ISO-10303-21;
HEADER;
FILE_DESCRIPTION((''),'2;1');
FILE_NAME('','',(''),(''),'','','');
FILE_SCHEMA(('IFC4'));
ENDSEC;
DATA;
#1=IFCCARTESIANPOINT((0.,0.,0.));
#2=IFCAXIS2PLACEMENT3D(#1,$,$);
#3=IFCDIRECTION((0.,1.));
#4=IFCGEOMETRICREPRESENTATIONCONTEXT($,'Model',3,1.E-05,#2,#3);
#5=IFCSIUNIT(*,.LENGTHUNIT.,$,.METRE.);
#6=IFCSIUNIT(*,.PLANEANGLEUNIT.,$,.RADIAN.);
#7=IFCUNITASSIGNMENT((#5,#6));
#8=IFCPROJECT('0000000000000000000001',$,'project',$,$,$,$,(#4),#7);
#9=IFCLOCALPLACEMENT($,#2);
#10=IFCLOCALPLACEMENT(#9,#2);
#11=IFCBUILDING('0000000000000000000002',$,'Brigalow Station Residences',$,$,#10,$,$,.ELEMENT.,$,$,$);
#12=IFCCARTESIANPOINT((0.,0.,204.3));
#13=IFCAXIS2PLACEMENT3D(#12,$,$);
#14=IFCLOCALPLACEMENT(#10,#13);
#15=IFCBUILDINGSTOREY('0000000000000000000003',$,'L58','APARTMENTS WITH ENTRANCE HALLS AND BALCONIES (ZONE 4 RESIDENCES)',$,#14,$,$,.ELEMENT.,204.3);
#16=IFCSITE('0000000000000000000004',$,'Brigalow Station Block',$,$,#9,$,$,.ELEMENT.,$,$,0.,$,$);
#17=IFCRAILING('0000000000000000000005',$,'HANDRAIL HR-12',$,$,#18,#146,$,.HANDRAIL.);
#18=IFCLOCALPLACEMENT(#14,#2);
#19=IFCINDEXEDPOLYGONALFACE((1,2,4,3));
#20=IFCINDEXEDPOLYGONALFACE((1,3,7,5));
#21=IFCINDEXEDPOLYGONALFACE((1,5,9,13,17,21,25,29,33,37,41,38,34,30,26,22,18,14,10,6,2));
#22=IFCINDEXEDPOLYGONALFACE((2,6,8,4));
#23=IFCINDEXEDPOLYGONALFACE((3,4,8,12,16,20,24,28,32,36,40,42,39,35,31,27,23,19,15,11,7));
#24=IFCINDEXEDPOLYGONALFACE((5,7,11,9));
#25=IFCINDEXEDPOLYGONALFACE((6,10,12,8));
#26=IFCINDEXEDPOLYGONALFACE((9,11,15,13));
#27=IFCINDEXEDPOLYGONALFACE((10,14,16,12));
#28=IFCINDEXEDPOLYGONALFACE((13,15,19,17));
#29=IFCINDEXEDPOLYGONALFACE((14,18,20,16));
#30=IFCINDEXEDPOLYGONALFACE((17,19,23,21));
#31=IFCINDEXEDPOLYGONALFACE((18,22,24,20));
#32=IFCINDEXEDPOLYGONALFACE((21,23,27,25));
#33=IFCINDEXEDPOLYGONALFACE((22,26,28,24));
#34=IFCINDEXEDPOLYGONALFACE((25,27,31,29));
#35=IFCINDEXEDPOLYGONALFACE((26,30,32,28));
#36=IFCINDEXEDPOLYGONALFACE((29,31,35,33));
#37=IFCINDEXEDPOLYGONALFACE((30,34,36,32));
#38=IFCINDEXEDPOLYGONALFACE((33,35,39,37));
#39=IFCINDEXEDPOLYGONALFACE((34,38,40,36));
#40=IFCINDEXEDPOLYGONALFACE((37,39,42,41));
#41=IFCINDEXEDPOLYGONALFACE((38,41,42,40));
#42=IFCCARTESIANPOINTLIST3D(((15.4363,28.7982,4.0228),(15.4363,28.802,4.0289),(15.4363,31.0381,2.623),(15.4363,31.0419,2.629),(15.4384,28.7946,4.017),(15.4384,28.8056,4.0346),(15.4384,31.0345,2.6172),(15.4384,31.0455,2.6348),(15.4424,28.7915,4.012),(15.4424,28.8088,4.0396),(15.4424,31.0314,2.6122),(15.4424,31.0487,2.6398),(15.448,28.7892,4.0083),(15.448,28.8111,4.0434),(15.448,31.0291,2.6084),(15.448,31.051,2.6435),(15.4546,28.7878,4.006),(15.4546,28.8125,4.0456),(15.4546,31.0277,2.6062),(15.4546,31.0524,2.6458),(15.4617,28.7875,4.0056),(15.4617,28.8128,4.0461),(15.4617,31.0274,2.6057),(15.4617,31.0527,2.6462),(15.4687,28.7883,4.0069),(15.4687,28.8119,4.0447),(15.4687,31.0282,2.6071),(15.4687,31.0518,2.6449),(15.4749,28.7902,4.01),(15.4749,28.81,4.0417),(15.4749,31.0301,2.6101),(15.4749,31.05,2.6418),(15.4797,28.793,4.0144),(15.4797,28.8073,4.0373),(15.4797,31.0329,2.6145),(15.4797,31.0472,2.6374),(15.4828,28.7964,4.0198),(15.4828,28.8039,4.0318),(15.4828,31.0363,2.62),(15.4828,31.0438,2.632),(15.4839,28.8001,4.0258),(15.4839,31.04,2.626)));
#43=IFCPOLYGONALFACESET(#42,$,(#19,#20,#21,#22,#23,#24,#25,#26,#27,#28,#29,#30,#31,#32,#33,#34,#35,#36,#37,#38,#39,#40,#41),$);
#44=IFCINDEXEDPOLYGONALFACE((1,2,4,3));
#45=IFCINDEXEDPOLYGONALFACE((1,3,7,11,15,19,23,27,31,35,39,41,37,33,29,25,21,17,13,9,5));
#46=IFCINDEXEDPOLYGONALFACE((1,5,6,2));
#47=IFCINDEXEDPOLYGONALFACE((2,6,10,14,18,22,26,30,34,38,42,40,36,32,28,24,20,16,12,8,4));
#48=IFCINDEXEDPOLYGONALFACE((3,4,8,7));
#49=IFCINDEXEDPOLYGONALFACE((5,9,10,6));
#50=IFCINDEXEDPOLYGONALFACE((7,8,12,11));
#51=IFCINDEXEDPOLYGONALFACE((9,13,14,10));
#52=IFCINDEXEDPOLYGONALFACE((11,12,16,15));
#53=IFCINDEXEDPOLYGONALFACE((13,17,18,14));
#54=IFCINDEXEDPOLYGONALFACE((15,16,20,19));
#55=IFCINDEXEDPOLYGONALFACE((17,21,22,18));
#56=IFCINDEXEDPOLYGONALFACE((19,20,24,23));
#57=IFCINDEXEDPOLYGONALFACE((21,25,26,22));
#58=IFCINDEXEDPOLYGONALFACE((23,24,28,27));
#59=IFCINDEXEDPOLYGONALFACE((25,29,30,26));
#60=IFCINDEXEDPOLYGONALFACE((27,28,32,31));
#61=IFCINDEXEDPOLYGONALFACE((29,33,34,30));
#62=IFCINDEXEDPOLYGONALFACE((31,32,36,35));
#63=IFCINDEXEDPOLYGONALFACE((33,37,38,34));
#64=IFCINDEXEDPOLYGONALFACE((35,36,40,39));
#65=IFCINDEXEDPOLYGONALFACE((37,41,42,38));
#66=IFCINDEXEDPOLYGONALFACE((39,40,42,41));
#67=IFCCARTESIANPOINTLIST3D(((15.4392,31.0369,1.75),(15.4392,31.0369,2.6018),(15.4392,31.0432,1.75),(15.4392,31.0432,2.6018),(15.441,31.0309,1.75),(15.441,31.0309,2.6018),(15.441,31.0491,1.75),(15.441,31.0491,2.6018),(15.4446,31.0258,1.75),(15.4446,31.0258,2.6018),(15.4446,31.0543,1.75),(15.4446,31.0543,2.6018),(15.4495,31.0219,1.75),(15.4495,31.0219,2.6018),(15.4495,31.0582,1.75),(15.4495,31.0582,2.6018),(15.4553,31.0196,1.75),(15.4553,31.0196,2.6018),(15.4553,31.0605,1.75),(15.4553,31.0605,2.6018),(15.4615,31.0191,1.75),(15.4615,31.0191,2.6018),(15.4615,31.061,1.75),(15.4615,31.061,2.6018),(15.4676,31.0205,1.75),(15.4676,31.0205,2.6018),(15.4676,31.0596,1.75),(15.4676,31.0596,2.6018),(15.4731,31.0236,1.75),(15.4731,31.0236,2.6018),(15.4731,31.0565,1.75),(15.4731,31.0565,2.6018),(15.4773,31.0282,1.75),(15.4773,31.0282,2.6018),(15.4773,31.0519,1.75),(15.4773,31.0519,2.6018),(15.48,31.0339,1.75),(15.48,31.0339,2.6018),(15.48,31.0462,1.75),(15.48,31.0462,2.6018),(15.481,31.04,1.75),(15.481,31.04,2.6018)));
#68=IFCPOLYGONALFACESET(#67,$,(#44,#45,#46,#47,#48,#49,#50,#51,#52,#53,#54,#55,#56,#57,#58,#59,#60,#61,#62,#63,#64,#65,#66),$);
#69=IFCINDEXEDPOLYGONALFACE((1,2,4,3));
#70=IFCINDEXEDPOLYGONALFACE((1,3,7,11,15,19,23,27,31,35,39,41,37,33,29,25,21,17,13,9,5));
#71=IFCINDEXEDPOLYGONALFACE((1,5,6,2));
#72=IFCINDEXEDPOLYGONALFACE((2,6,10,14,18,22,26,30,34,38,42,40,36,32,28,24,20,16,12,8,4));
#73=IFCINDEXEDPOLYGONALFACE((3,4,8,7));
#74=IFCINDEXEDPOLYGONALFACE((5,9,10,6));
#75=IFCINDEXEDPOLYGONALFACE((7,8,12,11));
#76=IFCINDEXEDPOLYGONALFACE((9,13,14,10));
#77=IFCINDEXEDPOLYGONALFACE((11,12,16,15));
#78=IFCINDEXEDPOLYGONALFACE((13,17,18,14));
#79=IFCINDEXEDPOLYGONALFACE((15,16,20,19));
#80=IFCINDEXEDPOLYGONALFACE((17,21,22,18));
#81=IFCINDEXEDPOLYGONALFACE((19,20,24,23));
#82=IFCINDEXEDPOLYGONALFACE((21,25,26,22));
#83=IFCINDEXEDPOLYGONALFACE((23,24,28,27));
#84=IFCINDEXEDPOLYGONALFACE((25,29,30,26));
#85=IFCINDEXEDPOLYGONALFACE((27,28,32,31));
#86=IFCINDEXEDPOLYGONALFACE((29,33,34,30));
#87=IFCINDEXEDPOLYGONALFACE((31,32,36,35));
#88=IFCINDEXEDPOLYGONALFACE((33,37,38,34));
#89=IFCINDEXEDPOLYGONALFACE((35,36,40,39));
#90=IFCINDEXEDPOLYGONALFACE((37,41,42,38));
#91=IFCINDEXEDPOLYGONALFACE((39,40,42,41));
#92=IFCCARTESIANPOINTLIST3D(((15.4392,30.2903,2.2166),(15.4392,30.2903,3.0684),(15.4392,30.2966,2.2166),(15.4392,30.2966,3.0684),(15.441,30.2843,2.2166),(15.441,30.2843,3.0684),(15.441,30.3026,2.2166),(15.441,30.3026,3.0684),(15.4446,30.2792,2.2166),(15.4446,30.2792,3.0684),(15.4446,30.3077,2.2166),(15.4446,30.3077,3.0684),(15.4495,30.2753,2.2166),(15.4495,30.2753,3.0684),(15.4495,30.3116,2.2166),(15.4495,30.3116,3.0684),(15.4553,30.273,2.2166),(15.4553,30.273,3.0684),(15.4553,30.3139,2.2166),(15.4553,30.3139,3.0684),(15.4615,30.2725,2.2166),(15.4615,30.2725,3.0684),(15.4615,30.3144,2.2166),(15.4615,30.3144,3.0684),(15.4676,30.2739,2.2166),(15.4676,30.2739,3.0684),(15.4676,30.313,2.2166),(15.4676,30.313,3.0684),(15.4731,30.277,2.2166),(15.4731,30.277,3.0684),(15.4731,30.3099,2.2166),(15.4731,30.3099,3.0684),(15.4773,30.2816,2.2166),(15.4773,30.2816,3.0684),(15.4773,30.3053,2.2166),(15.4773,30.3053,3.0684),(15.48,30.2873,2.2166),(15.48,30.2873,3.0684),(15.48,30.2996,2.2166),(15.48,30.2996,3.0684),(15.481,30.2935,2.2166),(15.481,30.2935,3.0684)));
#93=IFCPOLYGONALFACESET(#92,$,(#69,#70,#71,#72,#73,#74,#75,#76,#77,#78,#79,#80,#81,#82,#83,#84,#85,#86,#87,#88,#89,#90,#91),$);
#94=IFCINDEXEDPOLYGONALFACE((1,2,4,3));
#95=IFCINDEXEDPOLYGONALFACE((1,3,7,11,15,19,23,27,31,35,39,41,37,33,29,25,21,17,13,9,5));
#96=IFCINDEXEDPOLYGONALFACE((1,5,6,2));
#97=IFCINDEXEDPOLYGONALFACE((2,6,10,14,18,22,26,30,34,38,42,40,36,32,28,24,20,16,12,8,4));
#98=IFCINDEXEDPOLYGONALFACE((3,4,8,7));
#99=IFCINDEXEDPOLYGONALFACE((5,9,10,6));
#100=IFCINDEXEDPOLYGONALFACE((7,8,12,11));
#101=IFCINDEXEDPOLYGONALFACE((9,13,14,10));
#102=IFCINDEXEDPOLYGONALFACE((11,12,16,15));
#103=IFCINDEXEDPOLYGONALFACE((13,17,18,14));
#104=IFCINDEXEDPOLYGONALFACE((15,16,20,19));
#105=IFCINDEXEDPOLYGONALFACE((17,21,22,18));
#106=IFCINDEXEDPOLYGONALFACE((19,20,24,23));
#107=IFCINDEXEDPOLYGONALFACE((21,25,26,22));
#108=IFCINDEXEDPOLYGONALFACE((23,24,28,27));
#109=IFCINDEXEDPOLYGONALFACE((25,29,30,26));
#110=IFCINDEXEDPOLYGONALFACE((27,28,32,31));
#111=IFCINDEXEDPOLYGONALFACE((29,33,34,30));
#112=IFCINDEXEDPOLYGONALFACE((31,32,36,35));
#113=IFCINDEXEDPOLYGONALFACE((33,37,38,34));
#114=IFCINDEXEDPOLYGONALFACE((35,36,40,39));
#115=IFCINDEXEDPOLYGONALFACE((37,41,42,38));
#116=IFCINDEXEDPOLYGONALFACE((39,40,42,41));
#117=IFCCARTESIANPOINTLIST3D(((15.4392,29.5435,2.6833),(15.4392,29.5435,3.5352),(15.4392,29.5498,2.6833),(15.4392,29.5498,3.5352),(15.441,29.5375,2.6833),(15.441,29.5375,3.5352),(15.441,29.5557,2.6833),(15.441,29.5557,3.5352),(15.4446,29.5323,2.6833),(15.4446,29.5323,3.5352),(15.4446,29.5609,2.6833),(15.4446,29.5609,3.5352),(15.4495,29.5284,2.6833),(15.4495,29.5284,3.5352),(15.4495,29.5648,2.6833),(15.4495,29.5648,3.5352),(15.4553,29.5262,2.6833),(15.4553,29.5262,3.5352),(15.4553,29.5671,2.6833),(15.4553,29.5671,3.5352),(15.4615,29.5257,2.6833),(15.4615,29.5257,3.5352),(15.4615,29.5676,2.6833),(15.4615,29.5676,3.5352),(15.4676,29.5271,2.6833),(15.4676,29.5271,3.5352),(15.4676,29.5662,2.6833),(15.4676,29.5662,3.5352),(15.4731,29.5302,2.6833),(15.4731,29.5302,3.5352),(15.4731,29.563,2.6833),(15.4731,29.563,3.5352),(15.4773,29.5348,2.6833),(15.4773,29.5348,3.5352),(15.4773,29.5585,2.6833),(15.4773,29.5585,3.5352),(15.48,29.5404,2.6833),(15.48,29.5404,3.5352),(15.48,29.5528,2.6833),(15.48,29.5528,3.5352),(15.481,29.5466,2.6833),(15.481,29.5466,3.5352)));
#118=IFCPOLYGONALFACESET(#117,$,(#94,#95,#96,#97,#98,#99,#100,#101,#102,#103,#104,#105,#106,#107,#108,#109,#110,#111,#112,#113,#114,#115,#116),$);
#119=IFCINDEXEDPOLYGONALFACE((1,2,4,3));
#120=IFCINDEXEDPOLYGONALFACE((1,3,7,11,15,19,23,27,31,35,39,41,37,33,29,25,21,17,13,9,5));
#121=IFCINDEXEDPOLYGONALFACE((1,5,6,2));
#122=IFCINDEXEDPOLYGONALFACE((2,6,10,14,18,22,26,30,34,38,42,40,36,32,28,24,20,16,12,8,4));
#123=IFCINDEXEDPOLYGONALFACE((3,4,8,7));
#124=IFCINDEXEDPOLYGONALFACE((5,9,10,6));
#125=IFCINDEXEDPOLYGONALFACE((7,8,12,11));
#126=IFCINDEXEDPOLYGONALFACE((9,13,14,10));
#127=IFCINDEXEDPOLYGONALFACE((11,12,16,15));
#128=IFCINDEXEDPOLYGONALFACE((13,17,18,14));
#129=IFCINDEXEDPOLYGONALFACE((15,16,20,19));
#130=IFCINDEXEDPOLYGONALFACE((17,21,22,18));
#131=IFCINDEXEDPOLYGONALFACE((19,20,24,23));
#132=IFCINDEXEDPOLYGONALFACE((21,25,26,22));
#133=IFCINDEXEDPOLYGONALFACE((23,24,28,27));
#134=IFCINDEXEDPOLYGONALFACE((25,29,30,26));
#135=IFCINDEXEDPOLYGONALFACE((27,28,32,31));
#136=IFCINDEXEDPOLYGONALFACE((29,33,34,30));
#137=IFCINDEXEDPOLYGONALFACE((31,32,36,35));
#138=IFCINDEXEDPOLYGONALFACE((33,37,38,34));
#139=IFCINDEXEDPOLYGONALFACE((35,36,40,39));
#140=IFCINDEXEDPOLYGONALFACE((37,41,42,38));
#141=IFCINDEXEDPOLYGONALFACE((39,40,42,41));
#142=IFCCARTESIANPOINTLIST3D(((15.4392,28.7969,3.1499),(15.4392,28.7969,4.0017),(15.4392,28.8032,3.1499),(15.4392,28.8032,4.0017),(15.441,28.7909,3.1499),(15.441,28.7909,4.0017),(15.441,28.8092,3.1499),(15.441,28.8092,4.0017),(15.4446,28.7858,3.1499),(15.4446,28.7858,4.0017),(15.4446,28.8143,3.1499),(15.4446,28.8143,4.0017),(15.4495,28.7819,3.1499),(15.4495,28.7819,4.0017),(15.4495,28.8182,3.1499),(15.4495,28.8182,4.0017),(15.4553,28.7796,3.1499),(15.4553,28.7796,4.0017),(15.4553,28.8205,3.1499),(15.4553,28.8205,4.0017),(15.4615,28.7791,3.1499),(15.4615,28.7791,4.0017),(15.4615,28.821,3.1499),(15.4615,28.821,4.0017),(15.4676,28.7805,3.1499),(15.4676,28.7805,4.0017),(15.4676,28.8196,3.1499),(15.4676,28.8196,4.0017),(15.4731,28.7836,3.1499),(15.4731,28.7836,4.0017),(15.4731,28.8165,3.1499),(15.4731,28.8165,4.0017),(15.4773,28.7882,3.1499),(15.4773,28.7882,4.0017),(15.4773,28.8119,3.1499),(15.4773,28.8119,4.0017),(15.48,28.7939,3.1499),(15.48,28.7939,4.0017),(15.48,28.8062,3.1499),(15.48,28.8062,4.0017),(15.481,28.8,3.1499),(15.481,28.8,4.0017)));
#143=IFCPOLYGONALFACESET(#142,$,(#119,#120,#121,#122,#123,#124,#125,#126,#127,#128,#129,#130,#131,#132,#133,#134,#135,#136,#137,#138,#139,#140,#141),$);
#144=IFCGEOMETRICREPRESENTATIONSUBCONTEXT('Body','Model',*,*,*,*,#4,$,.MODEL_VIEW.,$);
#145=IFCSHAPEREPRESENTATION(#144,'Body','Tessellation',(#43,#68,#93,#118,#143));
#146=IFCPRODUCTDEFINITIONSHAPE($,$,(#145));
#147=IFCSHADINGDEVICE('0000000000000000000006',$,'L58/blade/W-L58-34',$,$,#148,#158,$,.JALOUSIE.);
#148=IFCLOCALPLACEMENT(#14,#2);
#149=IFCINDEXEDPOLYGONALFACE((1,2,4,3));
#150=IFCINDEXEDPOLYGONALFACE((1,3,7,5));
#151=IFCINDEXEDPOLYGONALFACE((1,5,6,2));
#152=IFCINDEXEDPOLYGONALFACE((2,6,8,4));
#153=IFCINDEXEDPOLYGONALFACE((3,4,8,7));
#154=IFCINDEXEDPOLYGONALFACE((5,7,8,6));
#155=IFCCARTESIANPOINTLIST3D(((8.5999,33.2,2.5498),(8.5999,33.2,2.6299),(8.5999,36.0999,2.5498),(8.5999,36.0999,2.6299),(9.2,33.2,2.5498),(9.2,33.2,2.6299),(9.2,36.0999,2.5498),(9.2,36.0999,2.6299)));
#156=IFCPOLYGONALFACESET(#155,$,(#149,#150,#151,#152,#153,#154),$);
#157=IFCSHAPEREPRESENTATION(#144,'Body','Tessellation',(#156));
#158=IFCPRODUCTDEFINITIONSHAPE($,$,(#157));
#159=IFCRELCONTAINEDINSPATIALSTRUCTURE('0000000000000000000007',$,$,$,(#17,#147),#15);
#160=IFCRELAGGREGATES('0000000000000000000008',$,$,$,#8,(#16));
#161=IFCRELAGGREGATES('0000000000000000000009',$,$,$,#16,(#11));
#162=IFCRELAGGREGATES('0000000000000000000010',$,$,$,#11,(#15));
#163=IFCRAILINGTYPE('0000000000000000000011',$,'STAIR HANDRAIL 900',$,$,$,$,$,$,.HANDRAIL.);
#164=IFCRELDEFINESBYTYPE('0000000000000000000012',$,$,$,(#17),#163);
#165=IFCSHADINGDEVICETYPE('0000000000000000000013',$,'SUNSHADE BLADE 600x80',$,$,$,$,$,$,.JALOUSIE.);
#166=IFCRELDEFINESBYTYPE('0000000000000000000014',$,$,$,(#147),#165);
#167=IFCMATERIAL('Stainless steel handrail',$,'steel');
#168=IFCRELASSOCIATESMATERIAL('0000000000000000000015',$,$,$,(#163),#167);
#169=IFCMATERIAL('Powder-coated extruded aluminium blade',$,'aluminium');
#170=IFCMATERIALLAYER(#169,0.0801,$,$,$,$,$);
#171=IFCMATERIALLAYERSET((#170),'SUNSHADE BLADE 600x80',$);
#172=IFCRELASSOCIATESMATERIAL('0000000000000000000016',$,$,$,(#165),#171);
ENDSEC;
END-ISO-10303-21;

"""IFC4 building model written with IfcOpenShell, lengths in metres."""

from ifc_helpers import new_model, si_unit, direction, frame, origin, origin_2d, place, context, subcontext, project, spatial, rectangle, circle, extrude, material, layer, layer_set, type_object, element, save


model = new_model("IFC4")

# Units and contexts
model_context = context("Model", 3, precision=1e-05, world=origin(), true_north=direction((0.0, 1.0)))
body_context = subcontext(model_context, "Body", "Model", "MODEL_VIEW")
ifc_project = project(units=[si_unit("LENGTHUNIT", "METRE"), si_unit("PLANEANGLEUNIT", "RADIAN")], contexts=[model_context])

# Site, building, storey
site_placement = place(None, origin())
site = spatial("IfcSite", under=ifc_project, at=site_placement, Name="Brigalow Station Block", CompositionType="ELEMENT", RefElevation=0.0)
building_placement = place(site_placement, origin())
building = spatial("IfcBuilding", under=site, at=building_placement, Name="Brigalow Station Residences", CompositionType="ELEMENT")
storey_placement = place(building_placement, frame((0.0, 0.0, 204.3)))
storey = spatial("IfcBuildingStorey", under=building, at=storey_placement, Name="L58", Description="APARTMENTS WITH ENTRANCE HALLS AND BALCONIES (ZONE 4 RESIDENCES)", CompositionType="ELEMENT", Elevation=204.3)

# Railing
ifc_material_1 = material(Name="Stainless steel handrail", Category="steel")
railing_type = type_object("IfcRailingType", Name="STAIR HANDRAIL 900", PredefinedType="HANDRAIL", material=ifc_material_1)
railing_placement = place(storey_placement, frame((15.46, 31.04, 1.75)))
element("IfcRailing", 1, at=railing_placement, inside=storey, type_object=railing_type, Name="HANDRAIL HR-12", PredefinedType="HANDRAIL", context=body_context, shape_type="SweptSolid", body=[
    extrude(circle(Radius=0.0239, at=origin_2d()), frame((0.0, 0.0, 0.876), z_axis=(0.0, -0.848014, 0.529974), x_axis=(1.0, 0.0, 0.0)), (0.0, 0.0, 1.0), 2.6414),
    extrude(circle(Radius=0.021, at=origin_2d()), origin(), (0.0, 0.0, 1.0), 0.8518),
    extrude(circle(Radius=0.021, at=origin_2d()), frame((0.0, -0.7466, 0.4666)), (0.0, 0.0, 1.0), 0.8518),
    extrude(circle(Radius=0.021, at=origin_2d()), frame((0.0, -1.4934, 0.9333)), (0.0, 0.0, 1.0), 0.8518),
    extrude(circle(Radius=0.021, at=origin_2d()), frame((0.0, -2.24, 1.3999)), (0.0, 0.0, 1.0), 0.8518),
])

# Shading device
ifc_material_2 = material(Name="Powder-coated extruded aluminium blade", Category="aluminium")
ifc_layer_1 = layer(ifc_material_2, 0.0801)
ifc_layer_set_1 = layer_set([ifc_layer_1], Name="SUNSHADE BLADE 600x80")
shading_device_type = type_object("IfcShadingDeviceType", Name="SUNSHADE BLADE 600x80", PredefinedType="JALOUSIE", material=ifc_layer_set_1)
shading_device_placement = place(storey_placement, frame((8.8999, 34.6499, 2.5498), z_axis=(0.0, 0.0, 1.0), x_axis=(0.0, -1.0, 0.0)))
element("IfcShadingDevice", 2, at=shading_device_placement, inside=storey, type_object=shading_device_type, Name="L58/blade/W-L58-34", PredefinedType="JALOUSIE", context=body_context, shape_type="SweptSolid", body=[
    extrude(rectangle(XDim=2.8999, YDim=0.6001, at=origin_2d()), origin(), (0.0, 0.0, 1.0), 0.0801),
])

save(model, "model.ifc")
